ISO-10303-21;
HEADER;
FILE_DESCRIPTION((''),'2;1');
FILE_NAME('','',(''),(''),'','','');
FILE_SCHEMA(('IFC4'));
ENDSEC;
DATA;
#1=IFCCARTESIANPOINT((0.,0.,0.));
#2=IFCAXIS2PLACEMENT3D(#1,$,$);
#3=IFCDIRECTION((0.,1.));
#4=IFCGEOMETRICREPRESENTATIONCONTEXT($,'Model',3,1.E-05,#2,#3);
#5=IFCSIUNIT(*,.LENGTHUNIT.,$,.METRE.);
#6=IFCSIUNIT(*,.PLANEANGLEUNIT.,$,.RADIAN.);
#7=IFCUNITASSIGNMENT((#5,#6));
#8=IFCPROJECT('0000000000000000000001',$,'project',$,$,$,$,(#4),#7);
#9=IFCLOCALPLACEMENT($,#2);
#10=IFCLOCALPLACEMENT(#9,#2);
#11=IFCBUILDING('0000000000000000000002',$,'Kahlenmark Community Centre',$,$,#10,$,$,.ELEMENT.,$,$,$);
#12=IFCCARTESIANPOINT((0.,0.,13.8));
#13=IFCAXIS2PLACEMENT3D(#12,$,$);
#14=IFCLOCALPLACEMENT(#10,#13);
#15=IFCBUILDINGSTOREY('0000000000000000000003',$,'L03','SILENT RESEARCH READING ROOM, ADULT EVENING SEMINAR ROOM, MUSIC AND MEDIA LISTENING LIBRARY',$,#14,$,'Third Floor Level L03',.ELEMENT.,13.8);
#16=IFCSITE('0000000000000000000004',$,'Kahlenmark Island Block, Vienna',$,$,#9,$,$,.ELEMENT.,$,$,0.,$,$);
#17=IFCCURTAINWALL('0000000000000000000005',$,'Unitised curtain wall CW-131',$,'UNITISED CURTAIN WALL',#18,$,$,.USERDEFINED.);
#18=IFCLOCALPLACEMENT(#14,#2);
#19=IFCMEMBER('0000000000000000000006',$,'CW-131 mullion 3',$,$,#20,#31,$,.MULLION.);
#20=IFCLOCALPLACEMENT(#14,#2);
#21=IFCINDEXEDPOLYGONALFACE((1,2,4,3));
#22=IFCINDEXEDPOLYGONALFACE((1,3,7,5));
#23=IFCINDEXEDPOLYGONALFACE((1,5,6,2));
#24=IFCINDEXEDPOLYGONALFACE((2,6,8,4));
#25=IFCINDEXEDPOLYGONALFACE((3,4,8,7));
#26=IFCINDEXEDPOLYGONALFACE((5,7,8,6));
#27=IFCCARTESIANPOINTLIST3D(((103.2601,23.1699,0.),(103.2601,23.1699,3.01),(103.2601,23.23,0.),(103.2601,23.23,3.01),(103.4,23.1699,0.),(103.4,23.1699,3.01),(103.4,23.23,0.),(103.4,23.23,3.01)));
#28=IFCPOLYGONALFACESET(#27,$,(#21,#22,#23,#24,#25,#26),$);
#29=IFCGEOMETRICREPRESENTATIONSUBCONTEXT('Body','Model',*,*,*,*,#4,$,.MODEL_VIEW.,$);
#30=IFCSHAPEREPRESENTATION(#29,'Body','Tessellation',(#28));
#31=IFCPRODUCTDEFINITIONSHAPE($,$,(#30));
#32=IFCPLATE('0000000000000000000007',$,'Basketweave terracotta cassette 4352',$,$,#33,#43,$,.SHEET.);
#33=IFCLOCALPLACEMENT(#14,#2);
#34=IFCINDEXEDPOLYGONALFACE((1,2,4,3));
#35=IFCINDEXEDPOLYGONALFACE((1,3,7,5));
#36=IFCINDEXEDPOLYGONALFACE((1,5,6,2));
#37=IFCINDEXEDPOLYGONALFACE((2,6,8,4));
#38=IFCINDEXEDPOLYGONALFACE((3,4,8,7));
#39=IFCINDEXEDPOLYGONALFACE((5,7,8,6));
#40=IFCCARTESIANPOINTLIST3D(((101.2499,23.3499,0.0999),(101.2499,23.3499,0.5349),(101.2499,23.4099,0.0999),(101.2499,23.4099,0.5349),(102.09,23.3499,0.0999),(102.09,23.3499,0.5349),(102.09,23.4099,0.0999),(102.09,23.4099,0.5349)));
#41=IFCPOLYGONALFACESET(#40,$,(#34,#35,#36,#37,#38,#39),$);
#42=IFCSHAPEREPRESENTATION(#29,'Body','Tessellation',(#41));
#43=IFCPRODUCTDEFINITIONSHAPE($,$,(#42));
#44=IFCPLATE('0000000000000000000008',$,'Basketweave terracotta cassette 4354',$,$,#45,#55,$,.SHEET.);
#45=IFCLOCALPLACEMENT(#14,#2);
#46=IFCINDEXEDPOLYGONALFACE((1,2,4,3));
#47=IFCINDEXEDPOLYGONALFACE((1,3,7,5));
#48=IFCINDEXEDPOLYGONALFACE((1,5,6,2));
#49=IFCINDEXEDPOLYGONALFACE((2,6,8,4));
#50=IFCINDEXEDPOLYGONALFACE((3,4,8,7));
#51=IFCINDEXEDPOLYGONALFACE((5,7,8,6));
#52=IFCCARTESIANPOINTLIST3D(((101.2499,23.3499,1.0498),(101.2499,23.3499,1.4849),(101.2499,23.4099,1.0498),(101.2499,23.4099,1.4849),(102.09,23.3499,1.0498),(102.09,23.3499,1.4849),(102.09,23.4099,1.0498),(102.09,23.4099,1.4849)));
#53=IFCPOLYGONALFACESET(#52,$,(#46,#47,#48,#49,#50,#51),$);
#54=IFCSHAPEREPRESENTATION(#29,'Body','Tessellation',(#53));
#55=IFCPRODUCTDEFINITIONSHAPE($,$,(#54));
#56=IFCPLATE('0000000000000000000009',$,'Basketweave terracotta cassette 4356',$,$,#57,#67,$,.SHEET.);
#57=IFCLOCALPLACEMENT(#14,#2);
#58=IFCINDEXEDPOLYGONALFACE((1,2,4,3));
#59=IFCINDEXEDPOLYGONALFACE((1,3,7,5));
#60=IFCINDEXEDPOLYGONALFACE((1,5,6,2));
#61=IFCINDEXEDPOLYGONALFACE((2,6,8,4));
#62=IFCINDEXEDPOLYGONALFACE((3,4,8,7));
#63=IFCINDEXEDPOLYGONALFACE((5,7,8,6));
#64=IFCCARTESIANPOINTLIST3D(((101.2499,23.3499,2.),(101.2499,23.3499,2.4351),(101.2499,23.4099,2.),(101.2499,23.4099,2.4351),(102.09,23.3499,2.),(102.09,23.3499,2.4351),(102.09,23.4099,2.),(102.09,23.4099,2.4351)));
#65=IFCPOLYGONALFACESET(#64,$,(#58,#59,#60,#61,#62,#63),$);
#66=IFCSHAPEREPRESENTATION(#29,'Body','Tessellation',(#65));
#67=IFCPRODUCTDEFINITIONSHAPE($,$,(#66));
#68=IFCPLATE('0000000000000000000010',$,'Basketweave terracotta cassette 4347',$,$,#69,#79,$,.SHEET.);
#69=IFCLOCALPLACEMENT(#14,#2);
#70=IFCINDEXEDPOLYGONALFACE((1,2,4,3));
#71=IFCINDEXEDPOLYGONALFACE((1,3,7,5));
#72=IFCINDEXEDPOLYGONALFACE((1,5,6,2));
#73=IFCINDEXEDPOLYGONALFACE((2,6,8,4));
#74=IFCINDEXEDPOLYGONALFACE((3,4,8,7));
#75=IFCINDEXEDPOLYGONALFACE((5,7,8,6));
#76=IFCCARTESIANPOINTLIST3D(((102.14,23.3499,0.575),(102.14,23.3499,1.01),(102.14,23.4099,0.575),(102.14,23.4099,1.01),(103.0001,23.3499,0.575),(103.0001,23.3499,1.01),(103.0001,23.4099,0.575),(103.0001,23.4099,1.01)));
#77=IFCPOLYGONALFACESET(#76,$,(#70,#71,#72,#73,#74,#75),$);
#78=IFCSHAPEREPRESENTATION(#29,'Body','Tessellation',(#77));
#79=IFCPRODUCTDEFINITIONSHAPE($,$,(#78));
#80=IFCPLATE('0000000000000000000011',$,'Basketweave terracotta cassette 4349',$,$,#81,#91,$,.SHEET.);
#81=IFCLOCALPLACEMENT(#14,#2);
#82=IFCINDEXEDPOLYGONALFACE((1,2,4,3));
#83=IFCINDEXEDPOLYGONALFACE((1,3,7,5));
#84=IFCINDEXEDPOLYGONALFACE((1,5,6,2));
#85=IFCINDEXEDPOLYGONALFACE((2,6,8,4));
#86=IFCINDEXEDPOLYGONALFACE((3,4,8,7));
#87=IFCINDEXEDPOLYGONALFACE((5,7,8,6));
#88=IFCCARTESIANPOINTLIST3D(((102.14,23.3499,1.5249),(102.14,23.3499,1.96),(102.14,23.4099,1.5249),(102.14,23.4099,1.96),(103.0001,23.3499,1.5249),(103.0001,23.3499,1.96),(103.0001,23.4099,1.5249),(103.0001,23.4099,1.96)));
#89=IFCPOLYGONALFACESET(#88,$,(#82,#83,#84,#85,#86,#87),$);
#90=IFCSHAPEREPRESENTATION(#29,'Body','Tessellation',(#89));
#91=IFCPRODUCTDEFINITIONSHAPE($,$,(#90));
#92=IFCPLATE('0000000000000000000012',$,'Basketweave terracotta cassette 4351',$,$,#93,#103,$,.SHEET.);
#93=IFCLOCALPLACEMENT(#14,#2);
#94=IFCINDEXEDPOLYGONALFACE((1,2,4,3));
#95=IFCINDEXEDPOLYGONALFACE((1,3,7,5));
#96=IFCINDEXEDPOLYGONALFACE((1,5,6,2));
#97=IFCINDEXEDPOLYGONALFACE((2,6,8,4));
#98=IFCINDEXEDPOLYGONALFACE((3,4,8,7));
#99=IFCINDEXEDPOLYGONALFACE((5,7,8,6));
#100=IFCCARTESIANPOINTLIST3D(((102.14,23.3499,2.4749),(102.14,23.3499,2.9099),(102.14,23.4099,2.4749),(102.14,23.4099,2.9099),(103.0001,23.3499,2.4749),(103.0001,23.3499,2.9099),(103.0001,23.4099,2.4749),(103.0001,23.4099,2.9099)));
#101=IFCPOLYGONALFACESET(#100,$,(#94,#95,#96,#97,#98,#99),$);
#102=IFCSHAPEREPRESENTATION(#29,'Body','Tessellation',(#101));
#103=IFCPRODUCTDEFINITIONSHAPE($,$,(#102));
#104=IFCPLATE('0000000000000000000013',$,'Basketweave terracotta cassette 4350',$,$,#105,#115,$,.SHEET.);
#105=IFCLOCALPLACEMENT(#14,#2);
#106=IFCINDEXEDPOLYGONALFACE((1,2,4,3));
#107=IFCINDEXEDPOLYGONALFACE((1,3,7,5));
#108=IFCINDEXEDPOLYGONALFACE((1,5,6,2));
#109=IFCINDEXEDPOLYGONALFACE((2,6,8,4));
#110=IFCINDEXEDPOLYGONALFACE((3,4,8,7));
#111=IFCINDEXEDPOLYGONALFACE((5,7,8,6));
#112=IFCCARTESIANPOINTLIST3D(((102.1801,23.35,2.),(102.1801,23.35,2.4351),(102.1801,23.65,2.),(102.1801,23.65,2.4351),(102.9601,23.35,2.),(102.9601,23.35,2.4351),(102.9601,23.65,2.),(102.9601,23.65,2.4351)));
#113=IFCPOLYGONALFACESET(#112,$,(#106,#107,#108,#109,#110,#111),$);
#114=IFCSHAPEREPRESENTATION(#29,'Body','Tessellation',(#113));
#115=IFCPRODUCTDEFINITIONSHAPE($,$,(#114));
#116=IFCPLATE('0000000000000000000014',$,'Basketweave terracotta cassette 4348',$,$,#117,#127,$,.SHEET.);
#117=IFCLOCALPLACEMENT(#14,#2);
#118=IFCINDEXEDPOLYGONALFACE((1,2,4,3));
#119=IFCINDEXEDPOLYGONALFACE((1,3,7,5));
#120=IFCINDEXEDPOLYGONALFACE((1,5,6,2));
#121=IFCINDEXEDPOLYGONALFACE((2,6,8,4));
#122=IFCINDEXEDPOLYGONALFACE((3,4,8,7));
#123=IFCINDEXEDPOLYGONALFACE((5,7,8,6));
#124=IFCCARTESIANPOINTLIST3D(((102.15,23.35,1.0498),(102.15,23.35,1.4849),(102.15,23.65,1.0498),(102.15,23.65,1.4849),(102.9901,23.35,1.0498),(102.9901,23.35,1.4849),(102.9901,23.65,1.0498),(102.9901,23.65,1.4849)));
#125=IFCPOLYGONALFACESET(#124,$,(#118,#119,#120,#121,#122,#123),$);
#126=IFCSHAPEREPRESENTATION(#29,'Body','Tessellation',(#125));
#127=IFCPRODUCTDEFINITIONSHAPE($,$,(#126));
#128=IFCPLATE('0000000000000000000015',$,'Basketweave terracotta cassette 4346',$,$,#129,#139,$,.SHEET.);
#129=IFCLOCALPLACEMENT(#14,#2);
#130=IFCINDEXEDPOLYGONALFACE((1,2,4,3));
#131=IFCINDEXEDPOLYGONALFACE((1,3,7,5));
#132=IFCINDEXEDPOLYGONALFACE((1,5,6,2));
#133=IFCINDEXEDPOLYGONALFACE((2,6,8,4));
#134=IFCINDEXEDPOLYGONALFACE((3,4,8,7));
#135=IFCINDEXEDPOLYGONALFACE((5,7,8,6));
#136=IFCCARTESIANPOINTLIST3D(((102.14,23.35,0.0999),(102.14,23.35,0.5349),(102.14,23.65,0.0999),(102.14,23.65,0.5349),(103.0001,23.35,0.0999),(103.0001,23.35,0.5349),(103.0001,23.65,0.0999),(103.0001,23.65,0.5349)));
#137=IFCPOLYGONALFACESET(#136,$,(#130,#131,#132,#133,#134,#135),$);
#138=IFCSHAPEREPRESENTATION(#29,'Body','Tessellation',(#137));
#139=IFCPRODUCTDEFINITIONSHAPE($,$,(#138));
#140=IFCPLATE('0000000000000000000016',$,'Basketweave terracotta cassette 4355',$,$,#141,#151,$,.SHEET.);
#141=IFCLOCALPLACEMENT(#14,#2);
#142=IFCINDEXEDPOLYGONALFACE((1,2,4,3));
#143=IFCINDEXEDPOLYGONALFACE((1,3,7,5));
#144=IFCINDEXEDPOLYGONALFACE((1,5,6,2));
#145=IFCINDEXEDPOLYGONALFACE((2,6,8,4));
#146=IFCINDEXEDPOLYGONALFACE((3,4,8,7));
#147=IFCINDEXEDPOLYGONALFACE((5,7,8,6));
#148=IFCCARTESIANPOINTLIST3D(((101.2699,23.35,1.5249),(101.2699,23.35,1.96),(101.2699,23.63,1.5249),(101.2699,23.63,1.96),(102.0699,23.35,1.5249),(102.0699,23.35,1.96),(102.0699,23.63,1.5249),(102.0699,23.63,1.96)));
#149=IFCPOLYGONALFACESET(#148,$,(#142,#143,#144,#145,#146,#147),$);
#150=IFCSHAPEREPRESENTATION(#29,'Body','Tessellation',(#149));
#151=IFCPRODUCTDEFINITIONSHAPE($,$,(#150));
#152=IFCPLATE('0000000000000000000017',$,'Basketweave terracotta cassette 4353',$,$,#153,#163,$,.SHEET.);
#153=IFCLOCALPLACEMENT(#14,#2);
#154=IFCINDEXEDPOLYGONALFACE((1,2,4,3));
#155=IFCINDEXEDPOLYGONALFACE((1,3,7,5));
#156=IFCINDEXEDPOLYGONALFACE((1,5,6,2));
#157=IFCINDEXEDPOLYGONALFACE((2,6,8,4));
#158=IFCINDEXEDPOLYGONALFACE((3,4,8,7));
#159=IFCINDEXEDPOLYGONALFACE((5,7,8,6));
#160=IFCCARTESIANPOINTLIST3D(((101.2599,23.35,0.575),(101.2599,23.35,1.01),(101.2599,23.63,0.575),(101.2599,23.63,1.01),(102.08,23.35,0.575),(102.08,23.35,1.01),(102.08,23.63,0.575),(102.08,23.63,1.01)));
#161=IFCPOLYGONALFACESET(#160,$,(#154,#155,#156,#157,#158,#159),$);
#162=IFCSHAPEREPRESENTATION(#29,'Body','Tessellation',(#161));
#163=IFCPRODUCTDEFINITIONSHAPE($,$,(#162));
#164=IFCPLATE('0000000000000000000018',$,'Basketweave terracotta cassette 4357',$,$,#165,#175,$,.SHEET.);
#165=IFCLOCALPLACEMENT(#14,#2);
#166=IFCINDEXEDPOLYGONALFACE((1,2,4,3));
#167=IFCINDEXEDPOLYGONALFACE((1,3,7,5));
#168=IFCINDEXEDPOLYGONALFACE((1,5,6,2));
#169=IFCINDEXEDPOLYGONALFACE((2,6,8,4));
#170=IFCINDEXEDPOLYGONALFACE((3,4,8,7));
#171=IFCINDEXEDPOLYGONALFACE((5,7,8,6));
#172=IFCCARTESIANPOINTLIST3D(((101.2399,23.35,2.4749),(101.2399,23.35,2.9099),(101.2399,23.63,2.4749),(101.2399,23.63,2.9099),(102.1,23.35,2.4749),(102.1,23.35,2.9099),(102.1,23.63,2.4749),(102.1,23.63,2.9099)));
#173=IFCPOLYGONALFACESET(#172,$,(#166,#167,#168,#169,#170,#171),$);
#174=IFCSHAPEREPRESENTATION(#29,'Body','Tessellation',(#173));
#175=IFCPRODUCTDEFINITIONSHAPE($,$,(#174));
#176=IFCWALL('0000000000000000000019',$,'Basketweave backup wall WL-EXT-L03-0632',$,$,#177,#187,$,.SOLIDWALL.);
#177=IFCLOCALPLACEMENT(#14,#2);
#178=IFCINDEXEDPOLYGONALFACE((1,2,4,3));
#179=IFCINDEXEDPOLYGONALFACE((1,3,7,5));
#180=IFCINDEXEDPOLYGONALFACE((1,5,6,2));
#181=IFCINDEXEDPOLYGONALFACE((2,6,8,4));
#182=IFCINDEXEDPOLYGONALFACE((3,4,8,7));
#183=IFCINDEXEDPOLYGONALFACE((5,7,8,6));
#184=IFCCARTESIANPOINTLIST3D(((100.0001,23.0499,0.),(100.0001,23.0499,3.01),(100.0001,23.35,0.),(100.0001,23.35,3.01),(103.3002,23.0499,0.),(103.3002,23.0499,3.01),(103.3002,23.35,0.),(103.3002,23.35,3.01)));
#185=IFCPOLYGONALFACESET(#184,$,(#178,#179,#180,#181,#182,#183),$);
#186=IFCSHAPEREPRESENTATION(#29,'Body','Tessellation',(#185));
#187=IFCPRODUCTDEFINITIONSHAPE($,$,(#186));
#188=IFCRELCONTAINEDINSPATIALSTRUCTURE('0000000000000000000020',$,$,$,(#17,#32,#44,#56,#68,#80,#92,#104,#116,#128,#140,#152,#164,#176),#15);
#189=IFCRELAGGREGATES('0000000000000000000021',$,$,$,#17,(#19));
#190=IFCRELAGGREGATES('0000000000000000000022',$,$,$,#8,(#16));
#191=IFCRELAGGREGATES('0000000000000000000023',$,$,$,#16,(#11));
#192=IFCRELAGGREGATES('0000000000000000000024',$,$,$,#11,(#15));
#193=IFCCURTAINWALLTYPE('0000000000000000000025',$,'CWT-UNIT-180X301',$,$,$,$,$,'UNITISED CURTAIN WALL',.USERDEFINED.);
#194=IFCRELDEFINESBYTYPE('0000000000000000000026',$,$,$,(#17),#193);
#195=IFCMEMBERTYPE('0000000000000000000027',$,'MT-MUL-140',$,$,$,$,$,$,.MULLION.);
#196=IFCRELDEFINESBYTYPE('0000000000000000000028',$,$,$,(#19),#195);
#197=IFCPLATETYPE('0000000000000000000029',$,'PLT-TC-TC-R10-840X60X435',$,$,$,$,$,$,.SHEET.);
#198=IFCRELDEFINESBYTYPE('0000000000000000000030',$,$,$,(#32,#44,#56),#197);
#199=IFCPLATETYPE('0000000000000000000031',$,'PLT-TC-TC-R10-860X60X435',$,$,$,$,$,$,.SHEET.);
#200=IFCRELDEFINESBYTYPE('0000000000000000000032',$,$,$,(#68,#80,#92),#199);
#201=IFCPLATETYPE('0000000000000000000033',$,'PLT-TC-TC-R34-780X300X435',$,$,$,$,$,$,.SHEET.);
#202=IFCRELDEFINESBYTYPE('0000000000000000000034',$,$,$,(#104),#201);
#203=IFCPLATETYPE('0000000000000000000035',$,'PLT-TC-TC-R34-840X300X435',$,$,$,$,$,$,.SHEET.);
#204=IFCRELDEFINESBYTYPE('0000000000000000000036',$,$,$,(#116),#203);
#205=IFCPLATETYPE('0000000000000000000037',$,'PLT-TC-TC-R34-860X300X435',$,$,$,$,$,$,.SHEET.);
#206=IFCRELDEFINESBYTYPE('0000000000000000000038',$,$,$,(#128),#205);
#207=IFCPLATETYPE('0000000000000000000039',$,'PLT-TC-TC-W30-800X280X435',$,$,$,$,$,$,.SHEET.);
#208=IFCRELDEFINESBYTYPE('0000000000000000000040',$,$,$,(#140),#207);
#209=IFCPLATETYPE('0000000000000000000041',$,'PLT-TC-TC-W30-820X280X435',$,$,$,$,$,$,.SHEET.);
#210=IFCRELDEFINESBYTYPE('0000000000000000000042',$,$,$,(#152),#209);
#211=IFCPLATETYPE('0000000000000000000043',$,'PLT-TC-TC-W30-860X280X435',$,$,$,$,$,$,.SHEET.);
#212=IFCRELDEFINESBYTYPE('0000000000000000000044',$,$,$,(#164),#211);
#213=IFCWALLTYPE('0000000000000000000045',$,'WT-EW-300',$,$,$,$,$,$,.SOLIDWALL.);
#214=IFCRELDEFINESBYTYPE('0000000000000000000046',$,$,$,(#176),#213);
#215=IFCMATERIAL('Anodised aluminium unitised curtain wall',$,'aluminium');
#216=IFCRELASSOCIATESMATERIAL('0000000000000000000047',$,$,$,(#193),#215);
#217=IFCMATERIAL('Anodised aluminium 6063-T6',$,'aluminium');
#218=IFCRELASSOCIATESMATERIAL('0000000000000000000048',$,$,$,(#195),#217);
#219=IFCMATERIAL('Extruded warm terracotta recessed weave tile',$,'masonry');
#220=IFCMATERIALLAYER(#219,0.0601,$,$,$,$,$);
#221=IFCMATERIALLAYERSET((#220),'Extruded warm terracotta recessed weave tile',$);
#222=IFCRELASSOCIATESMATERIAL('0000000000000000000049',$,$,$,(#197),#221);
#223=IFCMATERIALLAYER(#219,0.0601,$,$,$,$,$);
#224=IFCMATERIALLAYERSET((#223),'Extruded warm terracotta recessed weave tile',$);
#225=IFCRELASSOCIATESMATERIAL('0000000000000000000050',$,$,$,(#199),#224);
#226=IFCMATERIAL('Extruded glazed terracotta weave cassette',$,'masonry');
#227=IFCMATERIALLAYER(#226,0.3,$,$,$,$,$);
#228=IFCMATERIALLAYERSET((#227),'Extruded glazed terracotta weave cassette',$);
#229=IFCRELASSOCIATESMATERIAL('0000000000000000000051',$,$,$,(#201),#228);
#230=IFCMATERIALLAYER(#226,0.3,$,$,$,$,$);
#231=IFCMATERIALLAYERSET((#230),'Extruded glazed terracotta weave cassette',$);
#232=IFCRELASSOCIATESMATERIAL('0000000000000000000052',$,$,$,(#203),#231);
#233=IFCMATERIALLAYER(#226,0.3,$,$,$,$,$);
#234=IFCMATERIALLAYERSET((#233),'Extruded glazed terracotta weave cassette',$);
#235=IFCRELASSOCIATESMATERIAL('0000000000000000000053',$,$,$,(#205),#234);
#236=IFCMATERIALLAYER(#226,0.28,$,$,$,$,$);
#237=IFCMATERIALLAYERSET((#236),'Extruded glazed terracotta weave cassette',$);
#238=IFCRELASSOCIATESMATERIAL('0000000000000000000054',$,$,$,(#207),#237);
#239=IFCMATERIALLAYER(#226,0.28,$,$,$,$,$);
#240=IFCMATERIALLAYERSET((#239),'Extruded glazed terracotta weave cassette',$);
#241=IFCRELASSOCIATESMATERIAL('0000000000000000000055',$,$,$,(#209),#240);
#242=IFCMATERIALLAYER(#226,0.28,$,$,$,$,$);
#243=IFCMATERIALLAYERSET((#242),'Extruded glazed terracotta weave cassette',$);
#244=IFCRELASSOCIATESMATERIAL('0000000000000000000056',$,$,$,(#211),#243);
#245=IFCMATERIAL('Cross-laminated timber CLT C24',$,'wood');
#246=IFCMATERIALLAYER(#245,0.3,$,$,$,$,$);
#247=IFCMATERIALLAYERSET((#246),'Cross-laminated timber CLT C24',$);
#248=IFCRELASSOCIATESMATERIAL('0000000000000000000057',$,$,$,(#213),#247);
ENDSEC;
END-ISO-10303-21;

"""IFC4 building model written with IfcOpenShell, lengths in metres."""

from ifc_helpers import new_model, si_unit, direction, frame, frame_2d, origin, origin_2d, place, context, subcontext, project, spatial, rectangle, extrude, material, layer, layer_set, material_profile, profile_set, type_object, element, aggregate, save


model = new_model("IFC4")

# Units and contexts
model_context = context("Model", 3, precision=1e-05, world=origin(), true_north=direction((0.0, 1.0)))
body_context = subcontext(model_context, "Body", "Model", "MODEL_VIEW")
ifc_project = project(units=[si_unit("LENGTHUNIT", "METRE"), si_unit("PLANEANGLEUNIT", "RADIAN")], contexts=[model_context])

# Site, building, storey
site_placement = place(None, origin())
site = spatial("IfcSite", under=ifc_project, at=site_placement, Name="Kahlenmark Island Block, Vienna", CompositionType="ELEMENT", RefElevation=0.0)
building_placement = place(site_placement, origin())
building = spatial("IfcBuilding", under=site, at=building_placement, Name="Kahlenmark Community Centre", CompositionType="ELEMENT")
storey_placement = place(building_placement, frame((0.0, 0.0, 13.8)))
storey = spatial("IfcBuildingStorey", under=building, at=storey_placement, Name="L03", Description="SILENT RESEARCH READING ROOM, ADULT EVENING SEMINAR ROOM, MUSIC AND MEDIA LISTENING LIBRARY", LongName="Third Floor Level L03", CompositionType="ELEMENT", Elevation=13.8)

# Curtain wall, member
ifc_material_1 = material(Name="Anodised aluminium unitised curtain wall", Category="aluminium")
curtain_wall_type = type_object("IfcCurtainWallType", Name="CWT-UNIT-180X301", ElementType="UNITISED CURTAIN WALL", PredefinedType="USERDEFINED", material=ifc_material_1)
curtain_wall_placement = place(storey_placement, origin())
curtain_wall = element("IfcCurtainWall", 1, at=curtain_wall_placement, inside=storey, type_object=curtain_wall_type, Name="Unitised curtain wall CW-131", ObjectType="UNITISED CURTAIN WALL", PredefinedType="USERDEFINED")
ifc_material_2 = material(Name="Anodised aluminium 6063-T6", Category="aluminium")
ifc_material_profile = material_profile(ifc_material_2, rectangle(XDim=0.0601, YDim=0.1399, at=origin_2d()), Name="ALU MULLION 60x140")
ifc_profile_set = profile_set([ifc_material_profile], Name="Anodised aluminium 6063-T6")
member_type = type_object("IfcMemberType", Name="MT-MUL-140", PredefinedType="MULLION", material=ifc_profile_set)
member_placement = place(storey_placement, frame((103.3301, 23.2, 0.0), z_axis=(0.0, 0.0, 1.0), x_axis=(0.0, -1.0, 0.0)))
member = element("IfcMember", 2, at=member_placement, type_object=member_type, Name="CW-131 mullion 3", PredefinedType="MULLION", context=body_context, shape_type="SweptSolid", body=[
    extrude(rectangle(XDim=0.0601, YDim=0.1399, at=origin_2d()), origin(), (0.0, 0.0, 1.0), 3.01),
])
aggregate(curtain_wall, [member])

# Plates
ifc_material_3 = material(Name="Extruded warm terracotta recessed weave tile", Category="masonry")
ifc_layer_1 = layer(ifc_material_3, 0.0601)
ifc_layer_set_1 = layer_set([ifc_layer_1], Name="Extruded warm terracotta recessed weave tile")
plate_type_1 = type_object("IfcPlateType", Name="PLT-TC-TC-R10-840X60X435", PredefinedType="SHEET", material=ifc_layer_set_1)
for number, where, z_axis, x_axis, name in (
    (3, (101.6699, 23.3799, 0.0999), (0.0, 0.0, 1.0), (-1.0, 0.0, 0.0), "Basketweave terracotta cassette 4352"),
    (4, (101.6699, 23.3799, 1.0498), (0.0, 0.0, 1.0), (-1.0, 0.0, 0.0), "Basketweave terracotta cassette 4354"),
    (5, (101.6699, 23.3799, 2.0), (0.0, 0.0, 1.0), (-1.0, 0.0, 0.0), "Basketweave terracotta cassette 4356"),
):
    element("IfcPlate", number, at=place(storey_placement, frame(where, z_axis=z_axis, x_axis=x_axis)), inside=storey, type_object=plate_type_1, Name=name, PredefinedType="SHEET", context=body_context, shape_type="SweptSolid", body=[
        extrude(rectangle(XDim=0.8401, YDim=0.0601, at=origin_2d()), origin(), (0.0, 0.0, 1.0), 0.4351),
    ])
ifc_layer_2 = layer(ifc_material_3, 0.0601)
ifc_layer_set_2 = layer_set([ifc_layer_2], Name="Extruded warm terracotta recessed weave tile")
plate_type_2 = type_object("IfcPlateType", Name="PLT-TC-TC-R10-860X60X435", PredefinedType="SHEET", material=ifc_layer_set_2)
for number, where, z_axis, x_axis, name in (
    (6, (102.5701, 23.3799, 0.575), (0.0, 0.0, 1.0), (-1.0, 0.0, 0.0), "Basketweave terracotta cassette 4347"),
    (7, (102.5701, 23.3799, 1.5249), (0.0, 0.0, 1.0), (-1.0, 0.0, 0.0), "Basketweave terracotta cassette 4349"),
    (8, (102.5701, 23.3799, 2.4749), (0.0, 0.0, 1.0), (-1.0, 0.0, 0.0), "Basketweave terracotta cassette 4351"),
):
    element("IfcPlate", number, at=place(storey_placement, frame(where, z_axis=z_axis, x_axis=x_axis)), inside=storey, type_object=plate_type_2, Name=name, PredefinedType="SHEET", context=body_context, shape_type="SweptSolid", body=[
        extrude(rectangle(XDim=0.8601, YDim=0.0601, at=origin_2d()), origin(), (0.0, 0.0, 1.0), 0.4351),
    ])
ifc_material_4 = material(Name="Extruded glazed terracotta weave cassette", Category="masonry")
ifc_layer_3 = layer(ifc_material_4, 0.3)
ifc_layer_set_3 = layer_set([ifc_layer_3], Name="Extruded glazed terracotta weave cassette")
plate_type_3 = type_object("IfcPlateType", Name="PLT-TC-TC-R34-780X300X435", PredefinedType="SHEET", material=ifc_layer_set_3)
plate_1_placement = place(storey_placement, frame((102.5701, 23.5, 2.0), z_axis=(0.0, 0.0, 1.0), x_axis=(-1.0, 0.0, 0.0)))
element("IfcPlate", 9, at=plate_1_placement, inside=storey, type_object=plate_type_3, Name="Basketweave terracotta cassette 4350", PredefinedType="SHEET", context=body_context, shape_type="SweptSolid", body=[
    extrude(rectangle(XDim=0.78, YDim=0.3, at=origin_2d()), origin(), (0.0, 0.0, 1.0), 0.4351),
])
ifc_layer_4 = layer(ifc_material_4, 0.3)
ifc_layer_set_4 = layer_set([ifc_layer_4], Name="Extruded glazed terracotta weave cassette")
plate_type_4 = type_object("IfcPlateType", Name="PLT-TC-TC-R34-840X300X435", PredefinedType="SHEET", material=ifc_layer_set_4)
plate_2_placement = place(storey_placement, frame((102.5701, 23.5, 1.0498), z_axis=(0.0, 0.0, 1.0), x_axis=(-1.0, 0.0, 0.0)))
element("IfcPlate", 10, at=plate_2_placement, inside=storey, type_object=plate_type_4, Name="Basketweave terracotta cassette 4348", PredefinedType="SHEET", context=body_context, shape_type="SweptSolid", body=[
    extrude(rectangle(XDim=0.8401, YDim=0.3, at=origin_2d()), origin(), (0.0, 0.0, 1.0), 0.4351),
])
ifc_layer_5 = layer(ifc_material_4, 0.3)
ifc_layer_set_5 = layer_set([ifc_layer_5], Name="Extruded glazed terracotta weave cassette")
plate_type_5 = type_object("IfcPlateType", Name="PLT-TC-TC-R34-860X300X435", PredefinedType="SHEET", material=ifc_layer_set_5)
plate_3_placement = place(storey_placement, frame((102.5701, 23.5, 0.0999), z_axis=(0.0, 0.0, 1.0), x_axis=(-1.0, 0.0, 0.0)))
element("IfcPlate", 11, at=plate_3_placement, inside=storey, type_object=plate_type_5, Name="Basketweave terracotta cassette 4346", PredefinedType="SHEET", context=body_context, shape_type="SweptSolid", body=[
    extrude(rectangle(XDim=0.8601, YDim=0.3, at=origin_2d()), origin(), (0.0, 0.0, 1.0), 0.4351),
])
ifc_layer_6 = layer(ifc_material_4, 0.28)
ifc_layer_set_6 = layer_set([ifc_layer_6], Name="Extruded glazed terracotta weave cassette")
plate_type_6 = type_object("IfcPlateType", Name="PLT-TC-TC-W30-800X280X435", PredefinedType="SHEET", material=ifc_layer_set_6)
plate_4_placement = place(storey_placement, frame((101.6699, 23.49, 1.5249), z_axis=(0.0, 0.0, 1.0), x_axis=(-1.0, 0.0, 0.0)))
element("IfcPlate", 12, at=plate_4_placement, inside=storey, type_object=plate_type_6, Name="Basketweave terracotta cassette 4355", PredefinedType="SHEET", context=body_context, shape_type="SweptSolid", body=[
    extrude(rectangle(XDim=0.8, YDim=0.28, at=origin_2d()), origin(), (0.0, 0.0, 1.0), 0.4351),
])
ifc_layer_7 = layer(ifc_material_4, 0.28)
ifc_layer_set_7 = layer_set([ifc_layer_7], Name="Extruded glazed terracotta weave cassette")
plate_type_7 = type_object("IfcPlateType", Name="PLT-TC-TC-W30-820X280X435", PredefinedType="SHEET", material=ifc_layer_set_7)
plate_5_placement = place(storey_placement, frame((101.6699, 23.49, 0.575), z_axis=(0.0, 0.0, 1.0), x_axis=(-1.0, 0.0, 0.0)))
element("IfcPlate", 13, at=plate_5_placement, inside=storey, type_object=plate_type_7, Name="Basketweave terracotta cassette 4353", PredefinedType="SHEET", context=body_context, shape_type="SweptSolid", body=[
    extrude(rectangle(XDim=0.8201, YDim=0.28, at=origin_2d()), origin(), (0.0, 0.0, 1.0), 0.4351),
])
ifc_layer_8 = layer(ifc_material_4, 0.28)
ifc_layer_set_8 = layer_set([ifc_layer_8], Name="Extruded glazed terracotta weave cassette")
plate_type_8 = type_object("IfcPlateType", Name="PLT-TC-TC-W30-860X280X435", PredefinedType="SHEET", material=ifc_layer_set_8)
plate_6_placement = place(storey_placement, frame((101.6699, 23.49, 2.4749), z_axis=(0.0, 0.0, 1.0), x_axis=(-1.0, 0.0, 0.0)))
element("IfcPlate", 14, at=plate_6_placement, inside=storey, type_object=plate_type_8, Name="Basketweave terracotta cassette 4357", PredefinedType="SHEET", context=body_context, shape_type="SweptSolid", body=[
    extrude(rectangle(XDim=0.8601, YDim=0.28, at=origin_2d()), origin(), (0.0, 0.0, 1.0), 0.4351),
])

# Wall
ifc_material_5 = material(Name="Cross-laminated timber CLT C24", Category="wood")
ifc_layer_9 = layer(ifc_material_5, 0.3)
ifc_layer_set_9 = layer_set([ifc_layer_9], Name="Cross-laminated timber CLT C24")
wall_type = type_object("IfcWallType", Name="WT-EW-300", PredefinedType="SOLIDWALL", material=ifc_layer_set_9)
wall_placement = place(storey_placement, frame((103.3, 23.2, 0.0), z_axis=(0.0, 0.0, 1.0), x_axis=(-1.0, 0.0, 0.0)))
element("IfcWall", 15, at=wall_placement, inside=storey, type_object=wall_type, Name="Basketweave backup wall WL-EXT-L03-0632", PredefinedType="SOLIDWALL", context=body_context, shape_type="SweptSolid", body=[
    extrude(rectangle(XDim=3.3, YDim=0.3, at=frame_2d((1.6499, 0.0))), origin(), (0.0, 0.0, 1.0), 3.01),
])

save(model, "model.ifc")
